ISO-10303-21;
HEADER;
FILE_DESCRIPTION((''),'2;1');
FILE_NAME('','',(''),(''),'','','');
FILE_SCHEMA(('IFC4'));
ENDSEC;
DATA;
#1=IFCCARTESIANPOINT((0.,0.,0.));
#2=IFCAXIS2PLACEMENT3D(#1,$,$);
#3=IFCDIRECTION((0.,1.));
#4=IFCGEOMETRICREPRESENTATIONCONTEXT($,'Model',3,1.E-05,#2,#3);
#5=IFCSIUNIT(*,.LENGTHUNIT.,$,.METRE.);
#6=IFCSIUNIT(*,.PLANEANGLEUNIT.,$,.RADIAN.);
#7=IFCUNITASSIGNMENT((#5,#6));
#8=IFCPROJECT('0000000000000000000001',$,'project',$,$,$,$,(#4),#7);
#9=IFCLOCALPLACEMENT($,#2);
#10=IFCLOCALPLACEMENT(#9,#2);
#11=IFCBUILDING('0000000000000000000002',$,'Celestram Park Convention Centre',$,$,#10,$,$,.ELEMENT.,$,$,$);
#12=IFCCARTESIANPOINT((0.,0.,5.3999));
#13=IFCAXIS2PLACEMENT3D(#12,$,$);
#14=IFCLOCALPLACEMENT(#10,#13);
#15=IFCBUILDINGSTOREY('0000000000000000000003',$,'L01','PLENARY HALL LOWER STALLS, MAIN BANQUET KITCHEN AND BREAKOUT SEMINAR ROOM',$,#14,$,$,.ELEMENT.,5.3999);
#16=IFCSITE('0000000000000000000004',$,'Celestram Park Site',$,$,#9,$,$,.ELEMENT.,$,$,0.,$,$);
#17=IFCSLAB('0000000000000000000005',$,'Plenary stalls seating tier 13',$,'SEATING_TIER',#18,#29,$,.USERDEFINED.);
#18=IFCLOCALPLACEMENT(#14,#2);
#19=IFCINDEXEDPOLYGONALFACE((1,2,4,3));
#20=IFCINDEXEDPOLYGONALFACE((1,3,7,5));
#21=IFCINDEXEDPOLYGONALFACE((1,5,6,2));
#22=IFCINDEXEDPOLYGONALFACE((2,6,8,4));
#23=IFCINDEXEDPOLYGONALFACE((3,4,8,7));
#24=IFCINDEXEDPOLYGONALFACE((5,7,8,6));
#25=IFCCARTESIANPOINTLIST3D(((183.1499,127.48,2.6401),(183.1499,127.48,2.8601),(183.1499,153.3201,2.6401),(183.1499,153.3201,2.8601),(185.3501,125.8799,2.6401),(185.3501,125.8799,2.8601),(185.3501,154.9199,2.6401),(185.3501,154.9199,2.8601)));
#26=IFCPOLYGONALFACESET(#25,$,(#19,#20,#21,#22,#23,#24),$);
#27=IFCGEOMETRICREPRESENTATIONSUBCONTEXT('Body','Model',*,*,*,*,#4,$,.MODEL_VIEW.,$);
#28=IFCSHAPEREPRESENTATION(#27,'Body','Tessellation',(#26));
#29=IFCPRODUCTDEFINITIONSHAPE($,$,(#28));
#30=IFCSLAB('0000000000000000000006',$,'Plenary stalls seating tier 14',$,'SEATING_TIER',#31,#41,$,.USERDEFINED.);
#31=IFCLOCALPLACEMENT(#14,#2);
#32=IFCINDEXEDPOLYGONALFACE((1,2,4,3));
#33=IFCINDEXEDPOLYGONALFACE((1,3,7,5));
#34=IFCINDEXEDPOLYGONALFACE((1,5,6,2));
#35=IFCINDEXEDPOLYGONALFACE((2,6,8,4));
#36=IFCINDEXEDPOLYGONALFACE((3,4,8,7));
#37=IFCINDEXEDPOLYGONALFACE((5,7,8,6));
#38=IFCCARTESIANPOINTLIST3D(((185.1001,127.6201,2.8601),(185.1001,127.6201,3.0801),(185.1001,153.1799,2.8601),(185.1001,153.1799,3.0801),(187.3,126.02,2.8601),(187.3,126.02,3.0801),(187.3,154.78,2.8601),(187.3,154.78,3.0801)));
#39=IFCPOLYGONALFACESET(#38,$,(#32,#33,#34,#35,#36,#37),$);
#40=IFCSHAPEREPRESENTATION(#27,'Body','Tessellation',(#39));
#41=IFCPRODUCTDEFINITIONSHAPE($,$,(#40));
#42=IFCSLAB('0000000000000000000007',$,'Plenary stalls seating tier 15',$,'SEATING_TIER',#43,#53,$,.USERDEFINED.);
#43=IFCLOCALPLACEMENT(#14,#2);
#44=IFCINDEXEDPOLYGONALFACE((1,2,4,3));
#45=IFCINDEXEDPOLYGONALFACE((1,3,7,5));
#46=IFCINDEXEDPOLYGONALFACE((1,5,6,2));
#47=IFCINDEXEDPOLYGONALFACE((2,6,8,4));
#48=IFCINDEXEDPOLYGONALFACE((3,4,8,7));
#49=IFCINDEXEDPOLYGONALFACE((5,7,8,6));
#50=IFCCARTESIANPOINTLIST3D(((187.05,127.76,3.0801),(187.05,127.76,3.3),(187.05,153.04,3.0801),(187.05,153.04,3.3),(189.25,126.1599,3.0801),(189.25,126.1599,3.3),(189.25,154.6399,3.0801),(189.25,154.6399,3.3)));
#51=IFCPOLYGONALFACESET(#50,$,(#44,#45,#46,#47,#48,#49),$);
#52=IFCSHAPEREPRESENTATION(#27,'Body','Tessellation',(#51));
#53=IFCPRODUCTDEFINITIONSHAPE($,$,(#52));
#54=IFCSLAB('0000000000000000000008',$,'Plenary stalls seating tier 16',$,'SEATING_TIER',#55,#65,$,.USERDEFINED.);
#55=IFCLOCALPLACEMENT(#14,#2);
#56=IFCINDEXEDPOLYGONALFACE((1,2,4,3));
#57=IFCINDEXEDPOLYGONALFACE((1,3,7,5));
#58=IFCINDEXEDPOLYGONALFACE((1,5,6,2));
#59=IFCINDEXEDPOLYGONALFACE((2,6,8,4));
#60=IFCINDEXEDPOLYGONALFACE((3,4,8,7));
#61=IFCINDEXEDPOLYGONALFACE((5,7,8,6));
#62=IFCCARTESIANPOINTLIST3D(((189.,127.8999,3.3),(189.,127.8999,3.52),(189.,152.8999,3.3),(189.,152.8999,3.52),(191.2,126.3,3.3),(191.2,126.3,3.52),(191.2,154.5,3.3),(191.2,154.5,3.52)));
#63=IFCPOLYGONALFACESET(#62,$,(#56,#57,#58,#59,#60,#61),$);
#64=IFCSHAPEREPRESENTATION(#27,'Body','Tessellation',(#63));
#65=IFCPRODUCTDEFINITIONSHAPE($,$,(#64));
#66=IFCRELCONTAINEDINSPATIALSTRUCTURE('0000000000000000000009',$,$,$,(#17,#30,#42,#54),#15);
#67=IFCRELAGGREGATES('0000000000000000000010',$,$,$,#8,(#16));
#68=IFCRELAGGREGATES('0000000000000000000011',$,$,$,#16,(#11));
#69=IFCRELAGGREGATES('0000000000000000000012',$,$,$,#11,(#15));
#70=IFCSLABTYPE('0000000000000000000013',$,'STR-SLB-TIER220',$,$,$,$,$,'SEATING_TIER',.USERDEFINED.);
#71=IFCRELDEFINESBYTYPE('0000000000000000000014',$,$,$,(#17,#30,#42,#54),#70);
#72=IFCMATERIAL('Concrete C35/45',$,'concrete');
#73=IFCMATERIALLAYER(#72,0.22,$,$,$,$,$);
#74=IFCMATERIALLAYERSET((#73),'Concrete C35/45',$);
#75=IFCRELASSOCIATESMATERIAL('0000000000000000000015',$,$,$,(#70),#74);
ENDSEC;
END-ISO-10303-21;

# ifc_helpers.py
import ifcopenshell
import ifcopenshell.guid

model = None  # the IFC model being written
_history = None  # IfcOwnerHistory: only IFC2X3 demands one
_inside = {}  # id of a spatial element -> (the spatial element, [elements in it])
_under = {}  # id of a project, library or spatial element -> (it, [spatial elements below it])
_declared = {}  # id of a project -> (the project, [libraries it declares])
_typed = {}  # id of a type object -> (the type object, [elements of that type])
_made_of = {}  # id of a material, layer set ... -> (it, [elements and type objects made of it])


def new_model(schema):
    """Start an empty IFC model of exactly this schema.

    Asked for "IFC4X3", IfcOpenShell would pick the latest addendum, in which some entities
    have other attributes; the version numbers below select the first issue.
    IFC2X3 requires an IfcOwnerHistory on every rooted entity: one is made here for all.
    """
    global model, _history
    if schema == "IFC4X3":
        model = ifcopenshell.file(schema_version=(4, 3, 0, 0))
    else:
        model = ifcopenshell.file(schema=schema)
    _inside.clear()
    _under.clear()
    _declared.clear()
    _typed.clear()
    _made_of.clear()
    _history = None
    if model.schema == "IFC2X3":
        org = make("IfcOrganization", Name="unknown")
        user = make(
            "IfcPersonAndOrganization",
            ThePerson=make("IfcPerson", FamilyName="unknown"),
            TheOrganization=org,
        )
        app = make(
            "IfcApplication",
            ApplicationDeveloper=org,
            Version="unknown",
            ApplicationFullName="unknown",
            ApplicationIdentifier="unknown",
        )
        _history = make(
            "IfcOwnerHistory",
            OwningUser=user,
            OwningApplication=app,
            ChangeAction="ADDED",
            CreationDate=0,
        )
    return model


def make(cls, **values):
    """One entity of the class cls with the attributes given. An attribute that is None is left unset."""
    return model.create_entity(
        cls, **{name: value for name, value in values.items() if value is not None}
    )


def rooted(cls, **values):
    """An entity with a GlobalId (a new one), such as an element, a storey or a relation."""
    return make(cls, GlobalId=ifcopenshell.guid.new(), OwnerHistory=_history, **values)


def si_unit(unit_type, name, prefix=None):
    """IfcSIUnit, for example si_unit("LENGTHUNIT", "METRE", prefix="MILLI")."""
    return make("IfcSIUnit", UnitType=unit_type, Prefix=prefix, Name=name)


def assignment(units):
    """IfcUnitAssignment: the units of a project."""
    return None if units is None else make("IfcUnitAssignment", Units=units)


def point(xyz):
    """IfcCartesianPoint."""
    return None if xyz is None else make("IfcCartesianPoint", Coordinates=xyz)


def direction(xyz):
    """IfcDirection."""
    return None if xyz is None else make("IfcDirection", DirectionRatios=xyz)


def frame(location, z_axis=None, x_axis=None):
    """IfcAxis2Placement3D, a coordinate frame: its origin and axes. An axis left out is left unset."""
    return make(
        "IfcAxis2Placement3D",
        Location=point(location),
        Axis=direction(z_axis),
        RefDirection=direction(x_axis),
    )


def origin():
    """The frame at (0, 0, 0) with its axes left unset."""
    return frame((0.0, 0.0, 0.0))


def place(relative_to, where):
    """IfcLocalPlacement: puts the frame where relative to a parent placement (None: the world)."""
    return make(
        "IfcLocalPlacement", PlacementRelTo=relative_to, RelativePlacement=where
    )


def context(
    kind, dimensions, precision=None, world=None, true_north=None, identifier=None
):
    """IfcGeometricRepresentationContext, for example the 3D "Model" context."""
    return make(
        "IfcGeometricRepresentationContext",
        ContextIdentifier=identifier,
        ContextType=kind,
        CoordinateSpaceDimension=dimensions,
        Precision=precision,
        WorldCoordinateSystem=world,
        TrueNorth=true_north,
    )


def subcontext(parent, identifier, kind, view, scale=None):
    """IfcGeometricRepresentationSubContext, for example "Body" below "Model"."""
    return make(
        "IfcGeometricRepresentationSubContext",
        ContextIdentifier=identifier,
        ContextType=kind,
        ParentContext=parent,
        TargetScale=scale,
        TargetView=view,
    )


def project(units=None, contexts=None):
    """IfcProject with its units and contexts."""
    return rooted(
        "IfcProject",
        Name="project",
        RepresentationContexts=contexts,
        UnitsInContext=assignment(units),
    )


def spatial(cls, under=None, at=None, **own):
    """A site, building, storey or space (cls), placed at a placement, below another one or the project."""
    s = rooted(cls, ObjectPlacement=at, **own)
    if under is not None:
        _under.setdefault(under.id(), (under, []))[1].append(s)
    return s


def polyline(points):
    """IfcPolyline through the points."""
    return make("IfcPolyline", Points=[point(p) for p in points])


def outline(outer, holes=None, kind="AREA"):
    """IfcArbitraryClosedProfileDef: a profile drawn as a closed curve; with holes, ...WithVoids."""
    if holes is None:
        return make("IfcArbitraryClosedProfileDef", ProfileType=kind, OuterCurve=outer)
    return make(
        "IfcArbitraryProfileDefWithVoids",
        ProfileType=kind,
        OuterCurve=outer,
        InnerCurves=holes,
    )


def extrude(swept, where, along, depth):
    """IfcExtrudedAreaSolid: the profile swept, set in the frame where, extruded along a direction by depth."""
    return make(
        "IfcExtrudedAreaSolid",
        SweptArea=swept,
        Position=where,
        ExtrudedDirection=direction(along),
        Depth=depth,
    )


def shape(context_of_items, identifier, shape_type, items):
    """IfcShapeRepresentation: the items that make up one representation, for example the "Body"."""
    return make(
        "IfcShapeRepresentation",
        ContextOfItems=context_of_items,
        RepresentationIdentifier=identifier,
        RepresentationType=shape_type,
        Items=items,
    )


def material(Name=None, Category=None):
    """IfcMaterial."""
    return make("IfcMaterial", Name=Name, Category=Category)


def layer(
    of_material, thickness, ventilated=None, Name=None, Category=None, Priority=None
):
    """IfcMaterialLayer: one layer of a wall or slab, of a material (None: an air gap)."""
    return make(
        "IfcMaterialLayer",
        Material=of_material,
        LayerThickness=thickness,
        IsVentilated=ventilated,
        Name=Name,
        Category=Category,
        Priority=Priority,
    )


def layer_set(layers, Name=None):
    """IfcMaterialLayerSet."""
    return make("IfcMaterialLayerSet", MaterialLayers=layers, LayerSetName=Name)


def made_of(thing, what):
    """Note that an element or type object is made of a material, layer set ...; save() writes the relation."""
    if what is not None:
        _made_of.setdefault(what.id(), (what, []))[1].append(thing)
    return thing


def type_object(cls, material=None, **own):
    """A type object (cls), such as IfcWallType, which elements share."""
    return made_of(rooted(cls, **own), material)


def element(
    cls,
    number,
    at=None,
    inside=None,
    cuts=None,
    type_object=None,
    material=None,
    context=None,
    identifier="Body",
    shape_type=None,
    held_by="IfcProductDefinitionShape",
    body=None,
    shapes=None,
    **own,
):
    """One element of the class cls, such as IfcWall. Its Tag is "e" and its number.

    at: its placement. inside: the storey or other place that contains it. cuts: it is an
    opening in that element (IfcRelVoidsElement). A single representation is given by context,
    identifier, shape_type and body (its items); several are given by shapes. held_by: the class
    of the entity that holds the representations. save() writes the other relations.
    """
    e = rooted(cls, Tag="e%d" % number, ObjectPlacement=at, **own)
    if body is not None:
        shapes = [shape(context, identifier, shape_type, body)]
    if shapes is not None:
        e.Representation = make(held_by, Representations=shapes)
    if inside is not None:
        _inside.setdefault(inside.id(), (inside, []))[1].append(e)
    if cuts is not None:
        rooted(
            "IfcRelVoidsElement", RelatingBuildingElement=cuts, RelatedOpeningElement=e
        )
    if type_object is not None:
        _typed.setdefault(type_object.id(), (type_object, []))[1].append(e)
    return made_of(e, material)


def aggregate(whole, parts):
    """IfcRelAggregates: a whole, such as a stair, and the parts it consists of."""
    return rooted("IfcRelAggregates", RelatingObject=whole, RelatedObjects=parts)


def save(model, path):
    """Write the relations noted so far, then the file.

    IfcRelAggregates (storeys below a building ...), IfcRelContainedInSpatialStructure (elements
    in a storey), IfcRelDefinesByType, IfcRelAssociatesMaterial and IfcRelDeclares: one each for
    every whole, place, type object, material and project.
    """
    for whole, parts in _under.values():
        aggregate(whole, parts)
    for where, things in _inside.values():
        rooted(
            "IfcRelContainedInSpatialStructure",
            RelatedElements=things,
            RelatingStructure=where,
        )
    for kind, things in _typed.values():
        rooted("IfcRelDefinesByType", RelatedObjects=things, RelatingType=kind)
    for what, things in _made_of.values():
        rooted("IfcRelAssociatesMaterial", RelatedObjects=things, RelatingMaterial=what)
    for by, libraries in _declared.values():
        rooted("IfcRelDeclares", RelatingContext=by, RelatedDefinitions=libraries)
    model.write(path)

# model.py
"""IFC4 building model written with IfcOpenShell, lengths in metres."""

from ifc_helpers import new_model, si_unit, direction, frame, origin, place, context, subcontext, project, spatial, polyline, outline, extrude, material, layer, layer_set, type_object, element, save


model = new_model("IFC4")

# Units and contexts
model_context = context("Model", 3, precision=1e-05, world=origin(), true_north=direction((0.0, 1.0)))
body_context = subcontext(model_context, "Body", "Model", "MODEL_VIEW")
ifc_project = project(units=[si_unit("LENGTHUNIT", "METRE"), si_unit("PLANEANGLEUNIT", "RADIAN")], contexts=[model_context])

# Site, building, storey
site_placement = place(None, origin())
site = spatial("IfcSite", under=ifc_project, at=site_placement, Name="Celestram Park Site", CompositionType="ELEMENT", RefElevation=0.0)
building_placement = place(site_placement, origin())
building = spatial("IfcBuilding", under=site, at=building_placement, Name="Celestram Park Convention Centre", CompositionType="ELEMENT")
storey_placement = place(building_placement, frame((0.0, 0.0, 5.3999)))
storey = spatial("IfcBuildingStorey", under=building, at=storey_placement, Name="L01", Description="PLENARY HALL LOWER STALLS, MAIN BANQUET KITCHEN AND BREAKOUT SEMINAR ROOM", CompositionType="ELEMENT", Elevation=5.3999)

# Shared definitions
ifc_material_1 = material(Name="Concrete C35/45", Category="concrete")

# Slabs
ifc_layer_1 = layer(ifc_material_1, 0.22)
ifc_layer_set_1 = layer_set([ifc_layer_1], Name="Concrete C35/45")
slab_type_1 = type_object("IfcSlabType", Name="STR-SLB-TIER220", ElementType="SEATING_TIER", PredefinedType="USERDEFINED", material=ifc_layer_set_1)
slab_1_placement = place(storey_placement, frame((0.0, 0.0, 2.6401)))
element("IfcSlab", 1, at=slab_1_placement, inside=storey, type_object=slab_type_1, Name="Plenary stalls seating tier 13", ObjectType="SEATING_TIER", PredefinedType="USERDEFINED", context=body_context, shape_type="SweptSolid", body=[
    extrude(outline(polyline([(183.1499, 127.48), (185.3501, 125.8799), (185.3501, 154.9199), (183.1499, 153.3201), (183.1499, 127.48)])), origin(), (0.0, 0.0, 1.0), 0.22),
])
slab_2_placement = place(storey_placement, frame((0.0, 0.0, 2.8601)))
element("IfcSlab", 2, at=slab_2_placement, inside=storey, type_object=slab_type_1, Name="Plenary stalls seating tier 14", ObjectType="SEATING_TIER", PredefinedType="USERDEFINED", context=body_context, shape_type="SweptSolid", body=[
    extrude(outline(polyline([(185.1001, 127.6201), (187.3, 126.02), (187.3, 154.78), (185.1001, 153.1799), (185.1001, 127.6201)])), origin(), (0.0, 0.0, 1.0), 0.22),
])
slab_3_placement = place(storey_placement, frame((0.0, 0.0, 3.0801)))
element("IfcSlab", 3, at=slab_3_placement, inside=storey, type_object=slab_type_1, Name="Plenary stalls seating tier 15", ObjectType="SEATING_TIER", PredefinedType="USERDEFINED", context=body_context, shape_type="SweptSolid", body=[
    extrude(outline(polyline([(187.05, 127.76), (189.25, 126.1599), (189.25, 154.6399), (187.05, 153.04), (187.05, 127.76)])), origin(), (0.0, 0.0, 1.0), 0.22),
])
slab_4_placement = place(storey_placement, frame((0.0, 0.0, 3.3)))
element("IfcSlab", 4, at=slab_4_placement, inside=storey, type_object=slab_type_1, Name="Plenary stalls seating tier 16", ObjectType="SEATING_TIER", PredefinedType="USERDEFINED", context=body_context, shape_type="SweptSolid", body=[
    extrude(outline(polyline([(189.0, 127.8999), (191.2, 126.3), (191.2, 154.5), (189.0, 152.8999), (189.0, 127.8999)])), origin(), (0.0, 0.0, 1.0), 0.22),
])

save(model, "model.ifc")
